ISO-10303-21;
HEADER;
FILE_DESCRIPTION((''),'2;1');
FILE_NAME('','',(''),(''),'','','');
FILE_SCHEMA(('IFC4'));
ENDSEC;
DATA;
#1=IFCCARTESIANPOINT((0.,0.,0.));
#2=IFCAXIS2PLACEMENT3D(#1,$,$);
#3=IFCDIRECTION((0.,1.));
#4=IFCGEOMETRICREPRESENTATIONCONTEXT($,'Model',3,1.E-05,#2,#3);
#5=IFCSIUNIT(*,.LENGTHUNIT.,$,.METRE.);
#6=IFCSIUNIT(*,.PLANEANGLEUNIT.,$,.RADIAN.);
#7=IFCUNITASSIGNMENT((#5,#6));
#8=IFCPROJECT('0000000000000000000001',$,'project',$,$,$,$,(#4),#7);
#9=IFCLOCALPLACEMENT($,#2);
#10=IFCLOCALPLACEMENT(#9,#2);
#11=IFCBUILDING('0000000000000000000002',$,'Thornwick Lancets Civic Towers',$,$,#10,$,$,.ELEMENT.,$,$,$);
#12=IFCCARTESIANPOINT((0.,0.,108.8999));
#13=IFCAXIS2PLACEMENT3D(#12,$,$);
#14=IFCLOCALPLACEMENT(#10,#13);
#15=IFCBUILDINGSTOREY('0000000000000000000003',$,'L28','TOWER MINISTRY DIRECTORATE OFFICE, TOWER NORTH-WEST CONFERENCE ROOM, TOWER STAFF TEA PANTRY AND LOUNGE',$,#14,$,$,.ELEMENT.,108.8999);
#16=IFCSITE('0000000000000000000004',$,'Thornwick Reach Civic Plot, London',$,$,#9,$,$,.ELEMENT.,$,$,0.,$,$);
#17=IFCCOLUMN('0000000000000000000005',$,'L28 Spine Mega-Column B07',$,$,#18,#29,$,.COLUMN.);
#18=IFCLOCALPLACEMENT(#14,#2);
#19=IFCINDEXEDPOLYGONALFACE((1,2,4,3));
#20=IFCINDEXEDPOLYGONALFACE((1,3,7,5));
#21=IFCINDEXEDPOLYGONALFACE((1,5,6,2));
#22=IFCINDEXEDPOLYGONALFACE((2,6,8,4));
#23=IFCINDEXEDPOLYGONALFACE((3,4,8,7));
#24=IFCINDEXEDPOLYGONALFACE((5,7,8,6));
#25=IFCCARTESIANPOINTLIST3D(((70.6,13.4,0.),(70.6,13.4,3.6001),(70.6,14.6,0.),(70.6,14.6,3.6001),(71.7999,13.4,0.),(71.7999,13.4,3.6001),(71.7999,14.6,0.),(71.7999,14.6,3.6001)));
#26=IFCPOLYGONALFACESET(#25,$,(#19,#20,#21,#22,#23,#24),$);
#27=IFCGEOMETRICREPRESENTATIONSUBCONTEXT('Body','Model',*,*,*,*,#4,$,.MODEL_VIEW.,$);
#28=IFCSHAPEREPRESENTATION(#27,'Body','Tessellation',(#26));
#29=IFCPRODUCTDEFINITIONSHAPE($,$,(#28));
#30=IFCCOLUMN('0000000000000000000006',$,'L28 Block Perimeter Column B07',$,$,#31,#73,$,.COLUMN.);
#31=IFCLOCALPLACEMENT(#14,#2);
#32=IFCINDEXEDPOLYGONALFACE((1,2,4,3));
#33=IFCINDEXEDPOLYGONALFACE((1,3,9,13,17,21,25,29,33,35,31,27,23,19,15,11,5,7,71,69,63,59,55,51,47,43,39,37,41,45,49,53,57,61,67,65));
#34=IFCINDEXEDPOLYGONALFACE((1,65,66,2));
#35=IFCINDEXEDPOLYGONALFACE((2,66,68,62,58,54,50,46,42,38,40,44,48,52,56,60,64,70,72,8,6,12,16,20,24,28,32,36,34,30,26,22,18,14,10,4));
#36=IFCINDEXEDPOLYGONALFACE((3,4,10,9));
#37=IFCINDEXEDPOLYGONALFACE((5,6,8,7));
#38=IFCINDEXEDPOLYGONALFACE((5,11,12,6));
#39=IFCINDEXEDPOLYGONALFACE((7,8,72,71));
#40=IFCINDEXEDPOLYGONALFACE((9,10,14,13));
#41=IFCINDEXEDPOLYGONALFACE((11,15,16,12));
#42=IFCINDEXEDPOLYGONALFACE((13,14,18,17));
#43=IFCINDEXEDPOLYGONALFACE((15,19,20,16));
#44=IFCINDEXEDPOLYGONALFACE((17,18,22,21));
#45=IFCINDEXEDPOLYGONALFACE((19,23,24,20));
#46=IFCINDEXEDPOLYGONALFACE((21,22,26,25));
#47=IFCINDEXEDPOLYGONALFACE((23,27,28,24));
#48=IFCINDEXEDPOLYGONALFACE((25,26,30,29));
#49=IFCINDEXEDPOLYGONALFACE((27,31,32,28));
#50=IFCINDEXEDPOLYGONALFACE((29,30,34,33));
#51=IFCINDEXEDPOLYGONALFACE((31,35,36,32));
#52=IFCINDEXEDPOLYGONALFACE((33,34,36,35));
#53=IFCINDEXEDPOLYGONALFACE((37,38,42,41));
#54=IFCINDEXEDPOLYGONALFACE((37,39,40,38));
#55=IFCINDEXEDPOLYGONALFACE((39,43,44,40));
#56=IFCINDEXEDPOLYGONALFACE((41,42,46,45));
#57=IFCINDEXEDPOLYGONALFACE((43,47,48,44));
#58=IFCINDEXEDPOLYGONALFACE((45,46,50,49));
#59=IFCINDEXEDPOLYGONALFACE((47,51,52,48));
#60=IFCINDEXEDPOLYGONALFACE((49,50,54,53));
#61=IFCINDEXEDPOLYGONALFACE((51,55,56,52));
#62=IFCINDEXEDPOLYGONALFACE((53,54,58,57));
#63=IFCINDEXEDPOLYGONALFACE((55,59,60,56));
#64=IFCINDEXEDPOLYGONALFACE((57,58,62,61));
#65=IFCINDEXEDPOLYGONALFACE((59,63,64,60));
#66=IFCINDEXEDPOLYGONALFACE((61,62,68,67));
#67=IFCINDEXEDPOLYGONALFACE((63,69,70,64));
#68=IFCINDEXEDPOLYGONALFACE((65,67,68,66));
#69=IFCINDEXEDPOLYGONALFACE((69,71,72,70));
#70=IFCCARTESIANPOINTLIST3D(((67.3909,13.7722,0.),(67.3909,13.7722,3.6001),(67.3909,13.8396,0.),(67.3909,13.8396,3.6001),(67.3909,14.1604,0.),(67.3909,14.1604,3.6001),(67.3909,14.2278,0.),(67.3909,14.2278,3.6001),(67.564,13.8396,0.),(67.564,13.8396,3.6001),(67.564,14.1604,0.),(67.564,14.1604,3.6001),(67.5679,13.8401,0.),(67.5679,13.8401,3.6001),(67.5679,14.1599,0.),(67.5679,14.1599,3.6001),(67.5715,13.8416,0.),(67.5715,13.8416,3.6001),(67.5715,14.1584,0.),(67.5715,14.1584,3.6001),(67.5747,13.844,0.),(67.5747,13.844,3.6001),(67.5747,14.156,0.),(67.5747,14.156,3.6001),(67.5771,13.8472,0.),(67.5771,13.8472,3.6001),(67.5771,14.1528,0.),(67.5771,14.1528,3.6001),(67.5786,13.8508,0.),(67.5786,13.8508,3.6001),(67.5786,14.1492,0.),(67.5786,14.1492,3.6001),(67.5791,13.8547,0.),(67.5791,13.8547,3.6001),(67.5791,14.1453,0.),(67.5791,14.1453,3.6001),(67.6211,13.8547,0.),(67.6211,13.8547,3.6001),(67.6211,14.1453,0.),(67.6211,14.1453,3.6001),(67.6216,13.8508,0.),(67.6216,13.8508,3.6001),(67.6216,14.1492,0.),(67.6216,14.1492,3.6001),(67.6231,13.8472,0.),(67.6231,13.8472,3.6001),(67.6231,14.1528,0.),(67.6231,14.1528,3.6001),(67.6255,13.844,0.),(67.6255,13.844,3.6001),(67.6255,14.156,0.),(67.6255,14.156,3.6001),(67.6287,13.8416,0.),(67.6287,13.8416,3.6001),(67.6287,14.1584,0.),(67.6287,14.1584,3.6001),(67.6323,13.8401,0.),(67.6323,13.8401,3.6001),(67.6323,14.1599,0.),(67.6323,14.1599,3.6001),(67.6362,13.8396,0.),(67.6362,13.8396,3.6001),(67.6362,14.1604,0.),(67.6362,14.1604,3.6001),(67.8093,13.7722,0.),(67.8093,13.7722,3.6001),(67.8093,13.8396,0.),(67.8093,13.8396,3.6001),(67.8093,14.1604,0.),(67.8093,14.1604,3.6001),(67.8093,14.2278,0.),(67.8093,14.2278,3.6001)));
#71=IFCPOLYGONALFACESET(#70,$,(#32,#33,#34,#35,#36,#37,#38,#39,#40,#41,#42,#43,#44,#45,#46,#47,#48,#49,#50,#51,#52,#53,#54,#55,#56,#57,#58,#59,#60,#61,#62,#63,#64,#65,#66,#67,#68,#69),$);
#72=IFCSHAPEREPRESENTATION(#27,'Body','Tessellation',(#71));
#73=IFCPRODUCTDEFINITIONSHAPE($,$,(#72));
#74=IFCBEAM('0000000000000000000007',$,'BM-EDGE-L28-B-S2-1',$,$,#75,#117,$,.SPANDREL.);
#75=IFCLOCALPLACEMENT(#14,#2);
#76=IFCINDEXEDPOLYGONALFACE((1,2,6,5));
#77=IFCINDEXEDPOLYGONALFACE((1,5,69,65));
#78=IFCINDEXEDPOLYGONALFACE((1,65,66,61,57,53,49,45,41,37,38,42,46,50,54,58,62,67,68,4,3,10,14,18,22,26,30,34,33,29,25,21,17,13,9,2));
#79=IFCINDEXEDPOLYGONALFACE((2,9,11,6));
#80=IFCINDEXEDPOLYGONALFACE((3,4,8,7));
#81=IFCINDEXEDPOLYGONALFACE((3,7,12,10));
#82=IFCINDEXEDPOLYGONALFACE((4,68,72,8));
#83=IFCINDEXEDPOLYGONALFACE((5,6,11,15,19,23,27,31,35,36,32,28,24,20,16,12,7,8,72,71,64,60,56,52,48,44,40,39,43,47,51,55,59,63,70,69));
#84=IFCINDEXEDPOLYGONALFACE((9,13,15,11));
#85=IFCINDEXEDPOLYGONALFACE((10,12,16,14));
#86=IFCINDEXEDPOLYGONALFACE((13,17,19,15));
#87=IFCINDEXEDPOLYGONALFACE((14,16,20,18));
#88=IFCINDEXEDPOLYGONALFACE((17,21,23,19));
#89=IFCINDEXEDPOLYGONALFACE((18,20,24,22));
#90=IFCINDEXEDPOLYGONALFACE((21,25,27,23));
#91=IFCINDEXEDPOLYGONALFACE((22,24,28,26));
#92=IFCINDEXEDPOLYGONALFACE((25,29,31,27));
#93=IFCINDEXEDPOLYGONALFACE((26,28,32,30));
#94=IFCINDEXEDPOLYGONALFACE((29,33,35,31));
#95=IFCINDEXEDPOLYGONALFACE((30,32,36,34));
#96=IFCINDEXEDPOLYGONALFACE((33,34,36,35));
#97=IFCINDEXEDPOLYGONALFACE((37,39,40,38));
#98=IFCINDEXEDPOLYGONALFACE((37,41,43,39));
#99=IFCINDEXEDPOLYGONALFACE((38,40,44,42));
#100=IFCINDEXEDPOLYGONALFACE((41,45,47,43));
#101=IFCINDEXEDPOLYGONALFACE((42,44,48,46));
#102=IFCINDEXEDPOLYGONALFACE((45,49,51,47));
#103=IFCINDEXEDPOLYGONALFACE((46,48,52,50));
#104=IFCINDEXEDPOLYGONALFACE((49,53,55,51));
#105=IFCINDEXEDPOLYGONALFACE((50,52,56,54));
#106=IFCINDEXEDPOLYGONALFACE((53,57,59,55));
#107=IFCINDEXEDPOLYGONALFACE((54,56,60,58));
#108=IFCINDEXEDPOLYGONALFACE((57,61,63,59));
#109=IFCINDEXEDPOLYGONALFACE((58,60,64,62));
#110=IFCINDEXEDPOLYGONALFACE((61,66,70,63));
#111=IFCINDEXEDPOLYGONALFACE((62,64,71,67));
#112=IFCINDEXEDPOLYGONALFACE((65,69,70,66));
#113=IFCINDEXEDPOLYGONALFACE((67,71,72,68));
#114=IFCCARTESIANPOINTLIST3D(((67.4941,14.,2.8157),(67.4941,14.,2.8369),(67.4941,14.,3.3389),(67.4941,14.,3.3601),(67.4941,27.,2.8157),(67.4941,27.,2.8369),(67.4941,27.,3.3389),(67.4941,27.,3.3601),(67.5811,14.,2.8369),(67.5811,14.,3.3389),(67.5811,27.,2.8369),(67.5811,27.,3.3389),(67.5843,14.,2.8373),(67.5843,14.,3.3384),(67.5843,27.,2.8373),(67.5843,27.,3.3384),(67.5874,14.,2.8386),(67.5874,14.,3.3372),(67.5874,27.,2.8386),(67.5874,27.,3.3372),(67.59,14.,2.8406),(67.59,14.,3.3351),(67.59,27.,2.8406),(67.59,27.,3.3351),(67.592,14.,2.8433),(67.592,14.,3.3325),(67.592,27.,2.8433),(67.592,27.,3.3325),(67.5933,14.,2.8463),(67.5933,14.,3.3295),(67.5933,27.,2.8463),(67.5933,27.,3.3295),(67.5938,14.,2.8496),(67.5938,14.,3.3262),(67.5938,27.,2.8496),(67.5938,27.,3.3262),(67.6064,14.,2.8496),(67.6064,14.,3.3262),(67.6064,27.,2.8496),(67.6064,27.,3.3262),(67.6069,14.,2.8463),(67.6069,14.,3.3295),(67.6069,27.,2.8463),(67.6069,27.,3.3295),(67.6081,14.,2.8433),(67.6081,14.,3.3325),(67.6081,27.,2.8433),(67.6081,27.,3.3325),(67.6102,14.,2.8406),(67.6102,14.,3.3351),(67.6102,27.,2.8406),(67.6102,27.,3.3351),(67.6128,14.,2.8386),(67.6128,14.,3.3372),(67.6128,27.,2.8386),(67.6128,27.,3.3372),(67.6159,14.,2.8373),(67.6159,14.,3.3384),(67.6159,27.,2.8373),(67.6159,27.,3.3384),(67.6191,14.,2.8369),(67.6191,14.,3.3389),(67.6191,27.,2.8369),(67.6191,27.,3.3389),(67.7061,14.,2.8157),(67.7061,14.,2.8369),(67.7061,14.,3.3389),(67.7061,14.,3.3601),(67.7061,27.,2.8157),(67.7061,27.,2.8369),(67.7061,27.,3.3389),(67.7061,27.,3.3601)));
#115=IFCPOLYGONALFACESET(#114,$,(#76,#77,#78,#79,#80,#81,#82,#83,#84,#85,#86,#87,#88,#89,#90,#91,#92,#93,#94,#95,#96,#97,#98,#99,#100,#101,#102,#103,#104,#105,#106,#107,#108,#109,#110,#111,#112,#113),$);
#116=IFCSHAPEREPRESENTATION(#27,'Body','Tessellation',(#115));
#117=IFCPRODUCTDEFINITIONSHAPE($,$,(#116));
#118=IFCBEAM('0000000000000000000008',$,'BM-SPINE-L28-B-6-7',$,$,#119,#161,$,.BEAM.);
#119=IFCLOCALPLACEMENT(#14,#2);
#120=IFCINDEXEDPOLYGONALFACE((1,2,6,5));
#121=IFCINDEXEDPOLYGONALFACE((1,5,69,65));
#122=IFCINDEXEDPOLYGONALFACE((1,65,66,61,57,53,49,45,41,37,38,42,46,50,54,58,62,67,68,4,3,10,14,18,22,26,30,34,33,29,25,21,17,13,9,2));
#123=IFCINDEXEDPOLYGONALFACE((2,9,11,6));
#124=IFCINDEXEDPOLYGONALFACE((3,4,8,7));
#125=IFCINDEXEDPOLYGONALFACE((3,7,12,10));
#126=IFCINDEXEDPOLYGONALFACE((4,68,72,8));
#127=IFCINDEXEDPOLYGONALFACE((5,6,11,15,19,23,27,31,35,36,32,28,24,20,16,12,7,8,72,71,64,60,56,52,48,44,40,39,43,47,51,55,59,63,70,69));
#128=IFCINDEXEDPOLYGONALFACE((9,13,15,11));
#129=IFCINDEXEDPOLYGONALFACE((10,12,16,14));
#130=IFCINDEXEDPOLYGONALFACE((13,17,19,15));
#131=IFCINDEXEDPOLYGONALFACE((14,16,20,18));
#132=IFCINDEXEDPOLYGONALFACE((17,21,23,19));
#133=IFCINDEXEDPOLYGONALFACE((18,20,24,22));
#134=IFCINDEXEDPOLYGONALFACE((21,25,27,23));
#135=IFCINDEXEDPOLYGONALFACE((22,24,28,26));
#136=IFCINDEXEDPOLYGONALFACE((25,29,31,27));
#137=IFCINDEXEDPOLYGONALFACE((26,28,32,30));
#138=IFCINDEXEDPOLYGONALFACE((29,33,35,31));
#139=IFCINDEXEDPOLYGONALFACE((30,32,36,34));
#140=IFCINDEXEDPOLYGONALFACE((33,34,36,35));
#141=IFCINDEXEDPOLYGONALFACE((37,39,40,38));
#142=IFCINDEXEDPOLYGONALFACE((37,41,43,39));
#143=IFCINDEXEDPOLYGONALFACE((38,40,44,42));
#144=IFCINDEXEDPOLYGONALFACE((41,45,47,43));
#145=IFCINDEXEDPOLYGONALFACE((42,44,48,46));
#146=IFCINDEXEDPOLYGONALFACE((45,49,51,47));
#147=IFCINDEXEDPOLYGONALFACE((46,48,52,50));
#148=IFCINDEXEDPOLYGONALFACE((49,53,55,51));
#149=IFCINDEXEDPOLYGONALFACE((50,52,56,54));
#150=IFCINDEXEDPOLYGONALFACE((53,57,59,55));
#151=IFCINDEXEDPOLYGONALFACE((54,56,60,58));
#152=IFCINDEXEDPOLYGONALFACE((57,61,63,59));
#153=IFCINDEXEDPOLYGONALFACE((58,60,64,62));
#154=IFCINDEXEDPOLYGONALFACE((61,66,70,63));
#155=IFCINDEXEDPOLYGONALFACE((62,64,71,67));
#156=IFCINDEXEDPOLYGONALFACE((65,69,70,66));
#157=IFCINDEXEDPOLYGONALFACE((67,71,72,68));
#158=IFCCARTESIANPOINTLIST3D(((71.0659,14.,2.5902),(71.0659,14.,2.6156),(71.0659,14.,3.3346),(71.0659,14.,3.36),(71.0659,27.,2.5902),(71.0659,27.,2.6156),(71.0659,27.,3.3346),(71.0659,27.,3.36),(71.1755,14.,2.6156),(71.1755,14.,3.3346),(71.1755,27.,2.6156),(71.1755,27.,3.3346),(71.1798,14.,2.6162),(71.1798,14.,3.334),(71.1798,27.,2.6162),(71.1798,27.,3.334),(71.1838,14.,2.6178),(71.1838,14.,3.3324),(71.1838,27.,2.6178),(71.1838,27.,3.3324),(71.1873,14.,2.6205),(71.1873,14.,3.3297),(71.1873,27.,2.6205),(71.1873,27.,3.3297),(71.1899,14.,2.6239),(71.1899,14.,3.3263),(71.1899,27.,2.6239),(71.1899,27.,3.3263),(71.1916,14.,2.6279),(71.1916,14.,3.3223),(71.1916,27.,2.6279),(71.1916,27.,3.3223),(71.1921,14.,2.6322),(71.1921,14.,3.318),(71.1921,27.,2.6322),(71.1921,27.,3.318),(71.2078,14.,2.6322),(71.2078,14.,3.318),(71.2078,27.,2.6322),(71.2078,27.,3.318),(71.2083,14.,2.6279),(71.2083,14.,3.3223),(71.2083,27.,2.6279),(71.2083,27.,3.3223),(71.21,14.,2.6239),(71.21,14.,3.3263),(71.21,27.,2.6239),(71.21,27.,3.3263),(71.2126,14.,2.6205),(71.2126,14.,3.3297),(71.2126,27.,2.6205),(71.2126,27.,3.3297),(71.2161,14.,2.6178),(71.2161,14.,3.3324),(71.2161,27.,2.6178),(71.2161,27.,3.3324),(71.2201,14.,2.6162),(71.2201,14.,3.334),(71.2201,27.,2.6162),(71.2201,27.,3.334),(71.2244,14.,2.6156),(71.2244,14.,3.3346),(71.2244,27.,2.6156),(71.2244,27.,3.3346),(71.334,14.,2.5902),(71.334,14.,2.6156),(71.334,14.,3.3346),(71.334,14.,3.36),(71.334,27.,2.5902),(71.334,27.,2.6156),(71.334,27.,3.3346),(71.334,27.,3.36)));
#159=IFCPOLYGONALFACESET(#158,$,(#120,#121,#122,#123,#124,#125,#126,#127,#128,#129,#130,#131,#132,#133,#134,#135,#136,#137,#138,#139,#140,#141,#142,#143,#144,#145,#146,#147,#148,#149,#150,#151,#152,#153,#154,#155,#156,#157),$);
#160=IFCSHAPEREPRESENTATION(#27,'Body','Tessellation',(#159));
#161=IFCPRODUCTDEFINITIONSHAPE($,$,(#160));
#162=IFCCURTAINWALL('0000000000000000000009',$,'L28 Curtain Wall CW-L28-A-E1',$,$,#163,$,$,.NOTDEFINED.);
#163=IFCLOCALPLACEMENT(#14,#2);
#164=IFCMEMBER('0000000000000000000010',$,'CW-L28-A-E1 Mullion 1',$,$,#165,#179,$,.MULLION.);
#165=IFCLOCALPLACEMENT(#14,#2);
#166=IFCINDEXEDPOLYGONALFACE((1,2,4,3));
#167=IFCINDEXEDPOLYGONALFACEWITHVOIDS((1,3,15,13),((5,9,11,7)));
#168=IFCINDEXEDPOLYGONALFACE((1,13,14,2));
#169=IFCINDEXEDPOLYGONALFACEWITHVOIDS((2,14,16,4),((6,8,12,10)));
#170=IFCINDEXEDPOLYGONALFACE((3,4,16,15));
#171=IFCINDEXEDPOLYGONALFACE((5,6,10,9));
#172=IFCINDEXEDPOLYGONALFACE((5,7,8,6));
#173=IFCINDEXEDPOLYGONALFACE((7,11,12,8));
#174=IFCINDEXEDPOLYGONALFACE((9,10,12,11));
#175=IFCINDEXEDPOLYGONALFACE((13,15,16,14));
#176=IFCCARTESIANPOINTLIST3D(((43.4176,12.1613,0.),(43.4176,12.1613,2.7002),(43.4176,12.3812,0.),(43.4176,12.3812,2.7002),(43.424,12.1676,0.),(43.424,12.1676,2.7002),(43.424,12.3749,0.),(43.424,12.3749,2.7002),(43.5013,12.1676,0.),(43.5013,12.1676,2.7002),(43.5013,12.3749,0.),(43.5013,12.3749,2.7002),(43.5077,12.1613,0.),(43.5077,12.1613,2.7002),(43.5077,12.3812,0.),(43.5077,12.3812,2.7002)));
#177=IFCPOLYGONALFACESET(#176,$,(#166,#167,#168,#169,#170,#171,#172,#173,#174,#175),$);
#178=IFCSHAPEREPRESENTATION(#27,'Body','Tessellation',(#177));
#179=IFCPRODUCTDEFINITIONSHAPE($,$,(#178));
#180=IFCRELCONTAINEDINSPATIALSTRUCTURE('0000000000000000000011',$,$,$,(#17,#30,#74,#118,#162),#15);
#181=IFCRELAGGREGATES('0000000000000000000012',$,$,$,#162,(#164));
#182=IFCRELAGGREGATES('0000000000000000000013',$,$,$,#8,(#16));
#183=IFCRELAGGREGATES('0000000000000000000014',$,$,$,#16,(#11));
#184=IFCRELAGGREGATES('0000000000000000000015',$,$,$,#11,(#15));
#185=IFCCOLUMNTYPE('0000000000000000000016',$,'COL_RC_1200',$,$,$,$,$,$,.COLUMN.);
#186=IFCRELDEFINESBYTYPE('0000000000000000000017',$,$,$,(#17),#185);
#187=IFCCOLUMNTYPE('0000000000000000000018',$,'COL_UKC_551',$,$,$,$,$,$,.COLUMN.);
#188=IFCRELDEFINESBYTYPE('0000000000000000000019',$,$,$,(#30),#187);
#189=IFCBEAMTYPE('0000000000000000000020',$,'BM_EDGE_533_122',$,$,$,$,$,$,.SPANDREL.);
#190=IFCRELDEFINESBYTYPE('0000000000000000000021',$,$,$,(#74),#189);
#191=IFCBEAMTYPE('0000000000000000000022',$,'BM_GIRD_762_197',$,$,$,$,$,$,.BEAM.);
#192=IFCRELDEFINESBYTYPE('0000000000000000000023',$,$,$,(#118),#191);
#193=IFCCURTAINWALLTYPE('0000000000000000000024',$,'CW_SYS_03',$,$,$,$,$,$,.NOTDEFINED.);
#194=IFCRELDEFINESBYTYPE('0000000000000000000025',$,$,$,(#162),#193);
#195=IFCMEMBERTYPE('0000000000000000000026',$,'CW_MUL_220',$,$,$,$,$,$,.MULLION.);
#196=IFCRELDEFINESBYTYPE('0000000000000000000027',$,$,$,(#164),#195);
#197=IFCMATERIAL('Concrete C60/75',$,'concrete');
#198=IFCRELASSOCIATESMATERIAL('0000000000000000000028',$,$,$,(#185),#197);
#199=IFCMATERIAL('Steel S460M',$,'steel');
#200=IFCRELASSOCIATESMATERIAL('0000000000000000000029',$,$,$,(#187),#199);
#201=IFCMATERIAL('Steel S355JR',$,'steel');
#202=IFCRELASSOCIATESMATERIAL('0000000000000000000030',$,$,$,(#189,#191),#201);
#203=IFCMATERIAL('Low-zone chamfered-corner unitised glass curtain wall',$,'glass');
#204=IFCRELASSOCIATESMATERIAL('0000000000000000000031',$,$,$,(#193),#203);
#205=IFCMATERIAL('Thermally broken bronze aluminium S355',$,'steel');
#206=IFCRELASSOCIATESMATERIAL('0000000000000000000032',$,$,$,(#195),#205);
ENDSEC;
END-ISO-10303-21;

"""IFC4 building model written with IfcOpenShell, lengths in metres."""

from ifc_helpers import new_model, si_unit, direction, frame, origin, origin_2d, place, context, subcontext, project, spatial, rectangle, hollow_rectangle, i_section, extrude, material, material_profile, profile_set, type_object, element, aggregate, save


model = new_model("IFC4")

# Units and contexts
model_context = context("Model", 3, precision=1e-05, world=origin(), true_north=direction((0.0, 1.0)))
body_context = subcontext(model_context, "Body", "Model", "MODEL_VIEW")
ifc_project = project(units=[si_unit("LENGTHUNIT", "METRE"), si_unit("PLANEANGLEUNIT", "RADIAN")], contexts=[model_context])

# Site, building, storey
site_placement = place(None, origin())
site = spatial("IfcSite", under=ifc_project, at=site_placement, Name="Thornwick Reach Civic Plot, London", CompositionType="ELEMENT", RefElevation=0.0)
building_placement = place(site_placement, origin())
building = spatial("IfcBuilding", under=site, at=building_placement, Name="Thornwick Lancets Civic Towers", CompositionType="ELEMENT")
storey_placement = place(building_placement, frame((0.0, 0.0, 108.8999)))
storey = spatial("IfcBuildingStorey", under=building, at=storey_placement, Name="L28", Description="TOWER MINISTRY DIRECTORATE OFFICE, TOWER NORTH-WEST CONFERENCE ROOM, TOWER STAFF TEA PANTRY AND LOUNGE", CompositionType="ELEMENT", Elevation=108.8999)

# Columns
ifc_material_1 = material(Name="Concrete C60/75", Category="concrete")
ifc_material_profile_1 = material_profile(ifc_material_1, rectangle(XDim=1.2, YDim=1.2, at=origin_2d()), Name="RC 1200x1200")
ifc_profile_set_1 = profile_set([ifc_material_profile_1], Name="Concrete C60/75")
column_type_1 = type_object("IfcColumnType", Name="COL_RC_1200", PredefinedType="COLUMN", material=ifc_profile_set_1)
column_1_placement = place(storey_placement, frame((71.2, 14.0, 0.0), z_axis=(0.0, 0.0, 1.0), x_axis=(1.0, 0.0, 0.0)))
element("IfcColumn", 1, at=column_1_placement, inside=storey, type_object=column_type_1, Name="L28 Spine Mega-Column B07", PredefinedType="COLUMN", context=body_context, shape_type="SweptSolid", body=[
    extrude(rectangle(XDim=1.2, YDim=1.2, at=origin_2d()), origin(), (0.0, 0.0, 1.0), 3.6001),
])
ifc_material_2 = material(Name="Steel S460M", Category="steel")
ifc_material_profile_2 = material_profile(ifc_material_2, i_section(OverallWidth=0.4185, OverallDepth=0.4556, WebThickness=0.042, FlangeThickness=0.0674, FilletRadius=0.0151, at=origin_2d()), Name="UKC 356x406x551")
ifc_profile_set_2 = profile_set([ifc_material_profile_2], Name="Steel S460M")
column_type_2 = type_object("IfcColumnType", Name="COL_UKC_551", PredefinedType="COLUMN", material=ifc_profile_set_2)
column_2_placement = place(storey_placement, frame((67.6001, 14.0, 0.0), z_axis=(0.0, 0.0, 1.0), x_axis=(1.0, 0.0, 0.0)))
element("IfcColumn", 2, at=column_2_placement, inside=storey, type_object=column_type_2, Name="L28 Block Perimeter Column B07", PredefinedType="COLUMN", context=body_context, shape_type="SweptSolid", body=[
    extrude(i_section(OverallWidth=0.4185, OverallDepth=0.4556, WebThickness=0.042, FlangeThickness=0.0674, FilletRadius=0.0151, at=origin_2d()), origin(), (0.0, 0.0, 1.0), 3.6001),
])

# Beams
ifc_material_3 = material(Name="Steel S355JR", Category="steel")
ifc_material_profile_3 = material_profile(ifc_material_3, i_section(OverallWidth=0.2119, OverallDepth=0.5444, WebThickness=0.0127, FlangeThickness=0.0212, FilletRadius=0.0127, at=origin_2d()), Name="UKB 533x210x122")
ifc_profile_set_3 = profile_set([ifc_material_profile_3], Name="Steel S355JR")
beam_type_1 = type_object("IfcBeamType", Name="BM_EDGE_533_122", PredefinedType="SPANDREL", material=ifc_profile_set_3)
beam_1_placement = place(storey_placement, frame((67.6001, 14.0, 3.0879), z_axis=(0.0, 1.0, 0.0), x_axis=(-1.0, 0.0, 0.0)))
element("IfcBeam", 3, at=beam_1_placement, inside=storey, type_object=beam_type_1, Name="BM-EDGE-L28-B-S2-1", PredefinedType="SPANDREL", context=body_context, shape_type="SweptSolid", body=[
    extrude(i_section(OverallWidth=0.2119, OverallDepth=0.5444, WebThickness=0.0127, FlangeThickness=0.0212, FilletRadius=0.0127, at=origin_2d()), origin(), (0.0, 0.0, 1.0), 13.0),
])
ifc_material_profile_4 = material_profile(ifc_material_3, i_section(OverallWidth=0.2681, OverallDepth=0.7698, WebThickness=0.0156, FlangeThickness=0.0254, FilletRadius=0.0166, at=origin_2d()), Name="UKB 762x267x197")
ifc_profile_set_4 = profile_set([ifc_material_profile_4], Name="Steel S355JR")
beam_type_2 = type_object("IfcBeamType", Name="BM_GIRD_762_197", PredefinedType="BEAM", material=ifc_profile_set_4)
beam_2_placement = place(storey_placement, frame((71.2, 14.0, 2.9751), z_axis=(0.0, 1.0, 0.0), x_axis=(-1.0, 0.0, 0.0)))
element("IfcBeam", 4, at=beam_2_placement, inside=storey, type_object=beam_type_2, Name="BM-SPINE-L28-B-6-7", PredefinedType="BEAM", context=body_context, shape_type="SweptSolid", body=[
    extrude(i_section(OverallWidth=0.2681, OverallDepth=0.7698, WebThickness=0.0156, FlangeThickness=0.0254, FilletRadius=0.0166, at=origin_2d()), origin(), (0.0, 0.0, 1.0), 13.0),
])

# Curtain wall, member
ifc_material_4 = material(Name="Low-zone chamfered-corner unitised glass curtain wall", Category="glass")
curtain_wall_type = type_object("IfcCurtainWallType", Name="CW_SYS_03", PredefinedType="NOTDEFINED", material=ifc_material_4)
curtain_wall_1_placement = place(storey_placement, origin())
curtain_wall_1 = element("IfcCurtainWall", 5, at=curtain_wall_1_placement, inside=storey, type_object=curtain_wall_type, Name="L28 Curtain Wall CW-L28-A-E1", PredefinedType="NOTDEFINED")
ifc_material_5 = material(Name="Thermally broken bronze aluminium S355", Category="steel")
ifc_material_profile_5 = material_profile(ifc_material_5, hollow_rectangle(XDim=0.0901, YDim=0.22, WallThickness=0.0063, at=origin_2d()), Name="RHS 220x90x6.3")
ifc_profile_set_5 = profile_set([ifc_material_profile_5], Name="Thermally broken bronze aluminium S355")
member_type_1 = type_object("IfcMemberType", Name="CW_MUL_220", PredefinedType="MULLION", material=ifc_profile_set_5)
member_1_placement = place(storey_placement, frame((43.4626, 12.2712, 0.0), z_axis=(0.0, 0.0, 1.0), x_axis=(1.0, 0.0, 0.0)))
member_1 = element("IfcMember", 6, at=member_1_placement, type_object=member_type_1, Name="CW-L28-A-E1 Mullion 1", PredefinedType="MULLION", context=body_context, shape_type="SweptSolid", body=[
    extrude(hollow_rectangle(XDim=0.0901, YDim=0.22, WallThickness=0.0063, at=origin_2d()), origin(), (0.0, 0.0, 1.0), 2.7002),
])
aggregate(curtain_wall_1, [member_1])

save(model, "model.ifc")
